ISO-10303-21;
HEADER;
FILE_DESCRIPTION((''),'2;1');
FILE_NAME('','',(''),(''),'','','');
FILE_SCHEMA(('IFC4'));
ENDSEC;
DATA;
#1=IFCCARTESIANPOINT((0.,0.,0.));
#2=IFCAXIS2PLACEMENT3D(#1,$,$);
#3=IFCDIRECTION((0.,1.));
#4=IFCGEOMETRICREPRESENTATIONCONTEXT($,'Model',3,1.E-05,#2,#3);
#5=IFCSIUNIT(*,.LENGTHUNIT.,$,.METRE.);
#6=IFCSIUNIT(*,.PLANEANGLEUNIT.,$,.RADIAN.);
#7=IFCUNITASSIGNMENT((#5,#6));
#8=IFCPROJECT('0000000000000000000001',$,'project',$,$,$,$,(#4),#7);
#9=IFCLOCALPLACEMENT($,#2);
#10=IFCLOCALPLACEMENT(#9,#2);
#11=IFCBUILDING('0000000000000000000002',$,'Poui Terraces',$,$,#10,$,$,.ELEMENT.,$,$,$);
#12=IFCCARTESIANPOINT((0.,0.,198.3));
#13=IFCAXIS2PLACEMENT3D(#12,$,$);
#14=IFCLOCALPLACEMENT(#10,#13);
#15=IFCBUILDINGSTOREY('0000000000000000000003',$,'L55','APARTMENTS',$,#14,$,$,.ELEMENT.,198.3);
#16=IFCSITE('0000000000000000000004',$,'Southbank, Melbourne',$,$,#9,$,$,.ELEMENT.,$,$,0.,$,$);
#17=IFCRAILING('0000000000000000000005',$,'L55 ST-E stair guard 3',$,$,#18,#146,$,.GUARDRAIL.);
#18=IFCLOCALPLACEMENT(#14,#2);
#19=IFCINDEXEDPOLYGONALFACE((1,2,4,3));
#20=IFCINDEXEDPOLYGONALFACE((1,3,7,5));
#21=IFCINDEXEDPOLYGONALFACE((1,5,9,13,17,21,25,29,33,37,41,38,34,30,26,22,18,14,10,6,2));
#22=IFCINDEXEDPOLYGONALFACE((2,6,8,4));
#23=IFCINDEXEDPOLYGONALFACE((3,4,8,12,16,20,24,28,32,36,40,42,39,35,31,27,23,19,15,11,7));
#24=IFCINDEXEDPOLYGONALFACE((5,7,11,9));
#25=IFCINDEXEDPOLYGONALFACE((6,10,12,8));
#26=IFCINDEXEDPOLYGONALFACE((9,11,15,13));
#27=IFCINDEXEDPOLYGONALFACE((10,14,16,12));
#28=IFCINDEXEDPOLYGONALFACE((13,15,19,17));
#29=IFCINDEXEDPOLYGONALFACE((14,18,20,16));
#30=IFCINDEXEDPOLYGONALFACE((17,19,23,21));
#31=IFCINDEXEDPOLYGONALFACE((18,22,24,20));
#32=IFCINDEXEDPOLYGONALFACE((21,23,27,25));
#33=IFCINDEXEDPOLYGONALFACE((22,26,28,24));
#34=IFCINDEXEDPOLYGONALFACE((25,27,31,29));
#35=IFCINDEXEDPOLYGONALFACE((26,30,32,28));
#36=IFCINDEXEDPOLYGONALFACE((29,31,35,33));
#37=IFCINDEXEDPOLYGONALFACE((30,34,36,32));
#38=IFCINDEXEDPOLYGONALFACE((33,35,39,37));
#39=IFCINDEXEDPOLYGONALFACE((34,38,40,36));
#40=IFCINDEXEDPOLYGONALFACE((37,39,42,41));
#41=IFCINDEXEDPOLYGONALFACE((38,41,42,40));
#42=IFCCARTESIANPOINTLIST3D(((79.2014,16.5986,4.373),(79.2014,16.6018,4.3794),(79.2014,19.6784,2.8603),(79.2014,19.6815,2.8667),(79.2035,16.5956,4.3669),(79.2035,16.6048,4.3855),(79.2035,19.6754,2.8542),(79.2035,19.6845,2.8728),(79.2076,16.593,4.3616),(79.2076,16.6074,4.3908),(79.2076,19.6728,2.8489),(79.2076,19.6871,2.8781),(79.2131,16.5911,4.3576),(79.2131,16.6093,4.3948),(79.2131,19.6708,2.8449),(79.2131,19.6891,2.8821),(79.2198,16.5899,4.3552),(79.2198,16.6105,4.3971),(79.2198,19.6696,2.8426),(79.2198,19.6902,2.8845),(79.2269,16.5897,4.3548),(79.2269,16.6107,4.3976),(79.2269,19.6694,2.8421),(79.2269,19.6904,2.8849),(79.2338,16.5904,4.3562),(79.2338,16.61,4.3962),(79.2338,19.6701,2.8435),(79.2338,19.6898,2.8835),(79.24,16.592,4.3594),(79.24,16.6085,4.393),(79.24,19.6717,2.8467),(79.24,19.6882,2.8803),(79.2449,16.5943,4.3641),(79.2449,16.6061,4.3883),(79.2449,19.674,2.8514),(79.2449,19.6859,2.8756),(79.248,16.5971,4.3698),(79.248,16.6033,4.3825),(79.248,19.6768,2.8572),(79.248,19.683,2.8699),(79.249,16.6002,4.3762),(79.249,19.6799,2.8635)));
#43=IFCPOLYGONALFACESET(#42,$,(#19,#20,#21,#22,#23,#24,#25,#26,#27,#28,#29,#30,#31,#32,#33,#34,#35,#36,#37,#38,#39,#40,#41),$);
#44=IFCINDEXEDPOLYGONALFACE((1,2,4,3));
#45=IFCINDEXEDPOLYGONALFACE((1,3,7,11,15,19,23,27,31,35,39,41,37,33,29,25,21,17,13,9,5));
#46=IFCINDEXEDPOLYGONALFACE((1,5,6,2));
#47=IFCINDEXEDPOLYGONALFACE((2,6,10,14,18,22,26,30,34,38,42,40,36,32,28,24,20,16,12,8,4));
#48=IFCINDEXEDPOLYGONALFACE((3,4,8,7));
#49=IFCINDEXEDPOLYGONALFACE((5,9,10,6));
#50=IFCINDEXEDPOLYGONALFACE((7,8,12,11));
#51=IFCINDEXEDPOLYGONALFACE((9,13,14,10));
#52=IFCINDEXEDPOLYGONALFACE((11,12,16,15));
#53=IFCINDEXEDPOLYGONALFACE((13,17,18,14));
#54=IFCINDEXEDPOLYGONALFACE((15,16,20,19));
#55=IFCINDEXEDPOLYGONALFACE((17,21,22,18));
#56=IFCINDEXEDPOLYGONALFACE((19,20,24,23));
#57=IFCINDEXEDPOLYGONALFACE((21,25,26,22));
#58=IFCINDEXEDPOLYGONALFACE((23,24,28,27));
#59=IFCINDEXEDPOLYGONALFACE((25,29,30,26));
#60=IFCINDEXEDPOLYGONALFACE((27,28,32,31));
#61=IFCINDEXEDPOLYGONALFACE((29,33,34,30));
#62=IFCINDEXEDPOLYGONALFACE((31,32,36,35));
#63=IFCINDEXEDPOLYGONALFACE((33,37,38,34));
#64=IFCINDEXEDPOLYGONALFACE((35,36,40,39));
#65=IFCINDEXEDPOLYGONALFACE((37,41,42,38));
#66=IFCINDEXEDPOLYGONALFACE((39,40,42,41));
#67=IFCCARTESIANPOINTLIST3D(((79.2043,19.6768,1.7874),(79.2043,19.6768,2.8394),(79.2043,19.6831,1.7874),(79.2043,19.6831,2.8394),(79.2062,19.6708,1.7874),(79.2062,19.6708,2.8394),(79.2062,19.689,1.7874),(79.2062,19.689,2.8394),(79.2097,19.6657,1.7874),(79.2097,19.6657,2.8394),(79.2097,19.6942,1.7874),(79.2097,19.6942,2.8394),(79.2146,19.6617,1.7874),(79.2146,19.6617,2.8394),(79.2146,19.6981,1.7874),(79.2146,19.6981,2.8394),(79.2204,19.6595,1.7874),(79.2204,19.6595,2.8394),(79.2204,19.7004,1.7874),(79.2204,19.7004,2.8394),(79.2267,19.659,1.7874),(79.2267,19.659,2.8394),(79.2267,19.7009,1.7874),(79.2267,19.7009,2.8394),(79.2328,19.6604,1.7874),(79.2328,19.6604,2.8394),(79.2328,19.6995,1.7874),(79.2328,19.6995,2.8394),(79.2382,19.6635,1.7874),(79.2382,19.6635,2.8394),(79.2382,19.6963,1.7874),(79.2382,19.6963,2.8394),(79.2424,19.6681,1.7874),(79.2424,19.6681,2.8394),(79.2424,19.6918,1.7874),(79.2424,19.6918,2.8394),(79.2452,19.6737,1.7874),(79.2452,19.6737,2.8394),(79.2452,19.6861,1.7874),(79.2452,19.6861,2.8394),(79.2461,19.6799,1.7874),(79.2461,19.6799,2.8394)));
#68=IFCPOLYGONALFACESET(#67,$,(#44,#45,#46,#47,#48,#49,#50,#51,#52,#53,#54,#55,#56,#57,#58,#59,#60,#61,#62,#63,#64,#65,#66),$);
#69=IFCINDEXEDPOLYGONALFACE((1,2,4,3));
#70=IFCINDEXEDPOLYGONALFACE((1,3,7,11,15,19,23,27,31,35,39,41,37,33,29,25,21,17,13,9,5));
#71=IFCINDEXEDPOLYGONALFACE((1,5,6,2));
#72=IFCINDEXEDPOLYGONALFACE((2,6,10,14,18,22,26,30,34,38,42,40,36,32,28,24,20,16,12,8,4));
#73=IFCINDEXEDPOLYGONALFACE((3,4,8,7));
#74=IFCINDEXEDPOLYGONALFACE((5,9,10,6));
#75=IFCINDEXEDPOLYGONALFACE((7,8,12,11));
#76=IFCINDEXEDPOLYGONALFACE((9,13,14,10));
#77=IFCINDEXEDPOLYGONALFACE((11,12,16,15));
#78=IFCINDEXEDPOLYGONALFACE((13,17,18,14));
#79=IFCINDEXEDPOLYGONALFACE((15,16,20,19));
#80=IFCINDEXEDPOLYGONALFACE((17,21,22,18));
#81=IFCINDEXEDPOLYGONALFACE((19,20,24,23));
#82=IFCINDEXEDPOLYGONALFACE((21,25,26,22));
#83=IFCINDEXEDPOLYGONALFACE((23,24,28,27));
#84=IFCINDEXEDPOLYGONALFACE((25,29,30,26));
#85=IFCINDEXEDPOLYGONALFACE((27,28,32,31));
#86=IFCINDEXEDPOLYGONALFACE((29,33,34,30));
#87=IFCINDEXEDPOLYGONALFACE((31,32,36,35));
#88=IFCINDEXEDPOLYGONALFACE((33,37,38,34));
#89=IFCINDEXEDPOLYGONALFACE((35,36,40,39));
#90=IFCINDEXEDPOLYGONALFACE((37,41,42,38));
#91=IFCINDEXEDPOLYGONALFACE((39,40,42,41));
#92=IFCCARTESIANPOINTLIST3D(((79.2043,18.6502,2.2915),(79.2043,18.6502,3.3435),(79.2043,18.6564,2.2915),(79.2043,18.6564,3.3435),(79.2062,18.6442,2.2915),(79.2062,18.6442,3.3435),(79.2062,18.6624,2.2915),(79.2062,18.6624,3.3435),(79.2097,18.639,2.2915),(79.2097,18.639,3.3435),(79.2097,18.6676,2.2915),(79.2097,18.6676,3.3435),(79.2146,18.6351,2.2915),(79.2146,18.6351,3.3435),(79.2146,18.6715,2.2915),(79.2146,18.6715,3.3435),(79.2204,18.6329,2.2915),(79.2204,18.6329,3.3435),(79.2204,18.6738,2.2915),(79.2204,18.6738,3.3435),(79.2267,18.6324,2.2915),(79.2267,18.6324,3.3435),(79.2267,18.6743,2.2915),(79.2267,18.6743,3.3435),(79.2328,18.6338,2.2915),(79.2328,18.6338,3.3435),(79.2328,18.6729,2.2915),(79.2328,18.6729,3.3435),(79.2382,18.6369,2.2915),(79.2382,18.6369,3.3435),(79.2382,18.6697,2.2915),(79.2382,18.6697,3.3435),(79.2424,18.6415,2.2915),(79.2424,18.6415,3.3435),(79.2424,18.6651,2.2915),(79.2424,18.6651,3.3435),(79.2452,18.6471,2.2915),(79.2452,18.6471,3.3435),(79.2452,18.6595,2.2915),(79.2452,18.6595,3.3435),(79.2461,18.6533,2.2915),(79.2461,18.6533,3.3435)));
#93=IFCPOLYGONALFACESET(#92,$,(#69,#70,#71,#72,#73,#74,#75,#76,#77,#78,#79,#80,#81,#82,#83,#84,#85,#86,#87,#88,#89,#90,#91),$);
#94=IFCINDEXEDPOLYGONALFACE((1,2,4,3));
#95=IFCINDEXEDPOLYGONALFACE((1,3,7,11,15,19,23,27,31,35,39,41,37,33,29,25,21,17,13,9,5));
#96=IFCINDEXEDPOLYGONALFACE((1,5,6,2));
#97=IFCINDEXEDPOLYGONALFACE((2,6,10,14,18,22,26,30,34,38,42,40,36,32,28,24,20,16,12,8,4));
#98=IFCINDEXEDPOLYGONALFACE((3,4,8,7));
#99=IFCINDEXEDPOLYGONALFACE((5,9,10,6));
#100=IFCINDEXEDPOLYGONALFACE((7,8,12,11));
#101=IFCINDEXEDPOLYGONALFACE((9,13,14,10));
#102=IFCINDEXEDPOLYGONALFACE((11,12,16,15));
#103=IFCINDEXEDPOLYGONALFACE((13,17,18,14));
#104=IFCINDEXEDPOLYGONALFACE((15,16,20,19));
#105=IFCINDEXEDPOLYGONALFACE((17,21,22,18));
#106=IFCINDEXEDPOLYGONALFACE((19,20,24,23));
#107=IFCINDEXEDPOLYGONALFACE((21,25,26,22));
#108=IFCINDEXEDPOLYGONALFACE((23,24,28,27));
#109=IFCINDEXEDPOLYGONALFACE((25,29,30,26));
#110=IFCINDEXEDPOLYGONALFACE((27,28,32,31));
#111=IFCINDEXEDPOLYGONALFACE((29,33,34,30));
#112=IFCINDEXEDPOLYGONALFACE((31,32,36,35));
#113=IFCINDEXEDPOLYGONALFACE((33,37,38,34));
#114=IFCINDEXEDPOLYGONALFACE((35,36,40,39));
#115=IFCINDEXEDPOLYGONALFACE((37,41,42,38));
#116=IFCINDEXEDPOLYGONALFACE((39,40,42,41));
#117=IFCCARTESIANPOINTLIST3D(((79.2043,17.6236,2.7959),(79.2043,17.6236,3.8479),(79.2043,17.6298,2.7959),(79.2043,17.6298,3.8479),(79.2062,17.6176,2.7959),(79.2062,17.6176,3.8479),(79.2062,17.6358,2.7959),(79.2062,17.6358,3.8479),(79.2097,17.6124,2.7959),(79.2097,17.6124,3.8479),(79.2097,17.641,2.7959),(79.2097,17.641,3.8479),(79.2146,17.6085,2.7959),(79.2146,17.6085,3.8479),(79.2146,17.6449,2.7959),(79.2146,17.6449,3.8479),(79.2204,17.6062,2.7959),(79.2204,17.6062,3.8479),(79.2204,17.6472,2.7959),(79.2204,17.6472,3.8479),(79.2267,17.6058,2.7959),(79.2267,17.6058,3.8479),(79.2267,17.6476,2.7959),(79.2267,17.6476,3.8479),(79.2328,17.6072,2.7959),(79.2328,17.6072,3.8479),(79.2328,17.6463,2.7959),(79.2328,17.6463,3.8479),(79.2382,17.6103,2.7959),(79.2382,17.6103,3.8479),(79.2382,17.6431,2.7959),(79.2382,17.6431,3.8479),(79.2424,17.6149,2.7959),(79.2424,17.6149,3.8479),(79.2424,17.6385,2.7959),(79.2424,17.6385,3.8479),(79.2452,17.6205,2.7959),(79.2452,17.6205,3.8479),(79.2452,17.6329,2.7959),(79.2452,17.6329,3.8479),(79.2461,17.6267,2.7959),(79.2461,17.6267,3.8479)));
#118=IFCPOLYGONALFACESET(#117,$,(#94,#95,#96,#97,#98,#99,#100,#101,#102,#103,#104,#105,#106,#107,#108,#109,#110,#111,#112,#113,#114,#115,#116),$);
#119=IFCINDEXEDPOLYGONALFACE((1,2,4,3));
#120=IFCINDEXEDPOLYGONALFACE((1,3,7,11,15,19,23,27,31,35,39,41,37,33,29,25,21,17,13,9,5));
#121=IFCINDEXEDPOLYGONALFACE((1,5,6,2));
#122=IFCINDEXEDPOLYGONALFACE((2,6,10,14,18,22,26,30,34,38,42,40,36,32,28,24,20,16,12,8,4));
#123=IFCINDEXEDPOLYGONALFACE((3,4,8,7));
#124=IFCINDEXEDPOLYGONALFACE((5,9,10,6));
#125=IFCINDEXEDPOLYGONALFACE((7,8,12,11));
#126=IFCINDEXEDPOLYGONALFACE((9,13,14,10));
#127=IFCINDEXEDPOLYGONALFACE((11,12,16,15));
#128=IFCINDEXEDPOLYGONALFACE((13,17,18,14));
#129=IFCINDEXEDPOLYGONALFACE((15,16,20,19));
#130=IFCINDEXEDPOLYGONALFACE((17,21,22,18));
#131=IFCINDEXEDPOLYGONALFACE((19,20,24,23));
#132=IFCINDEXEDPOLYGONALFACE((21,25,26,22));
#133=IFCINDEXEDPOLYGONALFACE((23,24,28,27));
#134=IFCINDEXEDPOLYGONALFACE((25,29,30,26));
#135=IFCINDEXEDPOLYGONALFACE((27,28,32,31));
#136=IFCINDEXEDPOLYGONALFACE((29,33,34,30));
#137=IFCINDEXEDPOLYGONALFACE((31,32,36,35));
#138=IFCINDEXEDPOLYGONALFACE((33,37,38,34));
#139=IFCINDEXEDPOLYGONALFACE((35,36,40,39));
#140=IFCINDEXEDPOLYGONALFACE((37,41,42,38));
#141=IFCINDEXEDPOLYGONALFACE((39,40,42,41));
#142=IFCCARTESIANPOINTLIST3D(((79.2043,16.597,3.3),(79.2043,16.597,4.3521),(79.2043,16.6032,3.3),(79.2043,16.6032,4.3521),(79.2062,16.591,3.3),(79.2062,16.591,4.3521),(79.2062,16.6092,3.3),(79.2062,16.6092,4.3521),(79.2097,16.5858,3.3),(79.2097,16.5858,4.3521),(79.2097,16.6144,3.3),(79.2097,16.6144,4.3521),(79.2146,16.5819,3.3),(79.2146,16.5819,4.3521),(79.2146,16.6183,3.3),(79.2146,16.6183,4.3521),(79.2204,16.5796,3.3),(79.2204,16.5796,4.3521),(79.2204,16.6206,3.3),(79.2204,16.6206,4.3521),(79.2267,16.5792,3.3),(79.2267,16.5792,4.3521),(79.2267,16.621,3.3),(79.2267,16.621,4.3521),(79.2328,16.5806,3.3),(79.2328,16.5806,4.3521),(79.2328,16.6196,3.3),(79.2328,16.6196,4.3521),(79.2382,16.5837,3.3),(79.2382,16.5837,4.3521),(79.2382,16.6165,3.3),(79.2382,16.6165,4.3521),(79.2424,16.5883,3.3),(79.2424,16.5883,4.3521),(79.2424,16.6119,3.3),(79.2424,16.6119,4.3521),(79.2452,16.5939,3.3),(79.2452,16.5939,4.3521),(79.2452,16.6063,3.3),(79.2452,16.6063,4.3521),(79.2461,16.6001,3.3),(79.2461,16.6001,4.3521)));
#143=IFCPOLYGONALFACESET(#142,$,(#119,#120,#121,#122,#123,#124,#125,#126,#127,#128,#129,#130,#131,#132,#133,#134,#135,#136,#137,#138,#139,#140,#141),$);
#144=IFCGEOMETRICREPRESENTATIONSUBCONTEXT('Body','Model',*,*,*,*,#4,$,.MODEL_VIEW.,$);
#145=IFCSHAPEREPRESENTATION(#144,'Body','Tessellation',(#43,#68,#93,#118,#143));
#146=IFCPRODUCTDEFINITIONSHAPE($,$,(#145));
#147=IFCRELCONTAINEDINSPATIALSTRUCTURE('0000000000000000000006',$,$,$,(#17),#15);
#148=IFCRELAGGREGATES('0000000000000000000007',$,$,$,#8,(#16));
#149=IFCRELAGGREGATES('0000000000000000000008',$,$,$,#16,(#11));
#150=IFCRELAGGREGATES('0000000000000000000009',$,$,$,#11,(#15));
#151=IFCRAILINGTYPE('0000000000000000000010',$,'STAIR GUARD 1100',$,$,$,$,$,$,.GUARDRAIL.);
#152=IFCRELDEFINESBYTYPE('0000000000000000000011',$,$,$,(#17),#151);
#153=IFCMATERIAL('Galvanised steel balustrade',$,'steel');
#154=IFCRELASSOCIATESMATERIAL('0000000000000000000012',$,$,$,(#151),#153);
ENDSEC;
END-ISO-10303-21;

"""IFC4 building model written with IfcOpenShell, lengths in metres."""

from ifc_helpers import new_model, si_unit, direction, frame, origin, origin_2d, place, context, subcontext, project, spatial, circle, extrude, material, type_object, element, save


model = new_model("IFC4")

# Units and contexts
model_context = context("Model", 3, precision=1e-05, world=origin(), true_north=direction((0.0, 1.0)))
body_context = subcontext(model_context, "Body", "Model", "MODEL_VIEW")
ifc_project = project(units=[si_unit("LENGTHUNIT", "METRE"), si_unit("PLANEANGLEUNIT", "RADIAN")], contexts=[model_context])

# Site, building, storey
site_placement = place(None, origin())
site = spatial("IfcSite", under=ifc_project, at=site_placement, Name="Southbank, Melbourne", CompositionType="ELEMENT", RefElevation=0.0)
building_placement = place(site_placement, origin())
building = spatial("IfcBuilding", under=site, at=building_placement, Name="Poui Terraces", CompositionType="ELEMENT")
storey_placement = place(building_placement, frame((0.0, 0.0, 198.3)))
storey = spatial("IfcBuildingStorey", under=building, at=storey_placement, Name="L55", Description="APARTMENTS", CompositionType="ELEMENT", Elevation=198.3)

# Railing
ifc_material_1 = material(Name="Galvanised steel balustrade", Category="steel")
railing_type_1 = type_object("IfcRailingType", Name="STAIR GUARD 1100", PredefinedType="GUARDRAIL", material=ifc_material_1)
railing_1_placement = place(storey_placement, frame((79.2251, 19.6799, 1.7874)))
element("IfcRailing", 1, at=railing_1_placement, inside=storey, type_object=railing_type_1, Name="L55 ST-E stair guard 3", PredefinedType="GUARDRAIL", context=body_context, shape_type="SweptSolid", body=[
    extrude(circle(Radius=0.0239, at=origin_2d()), frame((0.0, 0.0, 1.0762), z_axis=(0.0, -0.897578, 0.440856), x_axis=(1.0, 0.0, 0.0)), (0.0, 0.0, 1.0), 3.4312),
    extrude(circle(Radius=0.021, at=origin_2d()), origin(), (0.0, 0.0, 1.0), 1.052),
    extrude(circle(Radius=0.021, at=origin_2d()), frame((0.0, -1.0266, 0.5042)), (0.0, 0.0, 1.0), 1.052),
    extrude(circle(Radius=0.021, at=origin_2d()), frame((0.0, -2.0532, 1.0085)), (0.0, 0.0, 1.0), 1.052),
    extrude(circle(Radius=0.021, at=origin_2d()), frame((0.0, -3.0798, 1.5127)), (0.0, 0.0, 1.0), 1.052),
])

save(model, "model.ifc")
